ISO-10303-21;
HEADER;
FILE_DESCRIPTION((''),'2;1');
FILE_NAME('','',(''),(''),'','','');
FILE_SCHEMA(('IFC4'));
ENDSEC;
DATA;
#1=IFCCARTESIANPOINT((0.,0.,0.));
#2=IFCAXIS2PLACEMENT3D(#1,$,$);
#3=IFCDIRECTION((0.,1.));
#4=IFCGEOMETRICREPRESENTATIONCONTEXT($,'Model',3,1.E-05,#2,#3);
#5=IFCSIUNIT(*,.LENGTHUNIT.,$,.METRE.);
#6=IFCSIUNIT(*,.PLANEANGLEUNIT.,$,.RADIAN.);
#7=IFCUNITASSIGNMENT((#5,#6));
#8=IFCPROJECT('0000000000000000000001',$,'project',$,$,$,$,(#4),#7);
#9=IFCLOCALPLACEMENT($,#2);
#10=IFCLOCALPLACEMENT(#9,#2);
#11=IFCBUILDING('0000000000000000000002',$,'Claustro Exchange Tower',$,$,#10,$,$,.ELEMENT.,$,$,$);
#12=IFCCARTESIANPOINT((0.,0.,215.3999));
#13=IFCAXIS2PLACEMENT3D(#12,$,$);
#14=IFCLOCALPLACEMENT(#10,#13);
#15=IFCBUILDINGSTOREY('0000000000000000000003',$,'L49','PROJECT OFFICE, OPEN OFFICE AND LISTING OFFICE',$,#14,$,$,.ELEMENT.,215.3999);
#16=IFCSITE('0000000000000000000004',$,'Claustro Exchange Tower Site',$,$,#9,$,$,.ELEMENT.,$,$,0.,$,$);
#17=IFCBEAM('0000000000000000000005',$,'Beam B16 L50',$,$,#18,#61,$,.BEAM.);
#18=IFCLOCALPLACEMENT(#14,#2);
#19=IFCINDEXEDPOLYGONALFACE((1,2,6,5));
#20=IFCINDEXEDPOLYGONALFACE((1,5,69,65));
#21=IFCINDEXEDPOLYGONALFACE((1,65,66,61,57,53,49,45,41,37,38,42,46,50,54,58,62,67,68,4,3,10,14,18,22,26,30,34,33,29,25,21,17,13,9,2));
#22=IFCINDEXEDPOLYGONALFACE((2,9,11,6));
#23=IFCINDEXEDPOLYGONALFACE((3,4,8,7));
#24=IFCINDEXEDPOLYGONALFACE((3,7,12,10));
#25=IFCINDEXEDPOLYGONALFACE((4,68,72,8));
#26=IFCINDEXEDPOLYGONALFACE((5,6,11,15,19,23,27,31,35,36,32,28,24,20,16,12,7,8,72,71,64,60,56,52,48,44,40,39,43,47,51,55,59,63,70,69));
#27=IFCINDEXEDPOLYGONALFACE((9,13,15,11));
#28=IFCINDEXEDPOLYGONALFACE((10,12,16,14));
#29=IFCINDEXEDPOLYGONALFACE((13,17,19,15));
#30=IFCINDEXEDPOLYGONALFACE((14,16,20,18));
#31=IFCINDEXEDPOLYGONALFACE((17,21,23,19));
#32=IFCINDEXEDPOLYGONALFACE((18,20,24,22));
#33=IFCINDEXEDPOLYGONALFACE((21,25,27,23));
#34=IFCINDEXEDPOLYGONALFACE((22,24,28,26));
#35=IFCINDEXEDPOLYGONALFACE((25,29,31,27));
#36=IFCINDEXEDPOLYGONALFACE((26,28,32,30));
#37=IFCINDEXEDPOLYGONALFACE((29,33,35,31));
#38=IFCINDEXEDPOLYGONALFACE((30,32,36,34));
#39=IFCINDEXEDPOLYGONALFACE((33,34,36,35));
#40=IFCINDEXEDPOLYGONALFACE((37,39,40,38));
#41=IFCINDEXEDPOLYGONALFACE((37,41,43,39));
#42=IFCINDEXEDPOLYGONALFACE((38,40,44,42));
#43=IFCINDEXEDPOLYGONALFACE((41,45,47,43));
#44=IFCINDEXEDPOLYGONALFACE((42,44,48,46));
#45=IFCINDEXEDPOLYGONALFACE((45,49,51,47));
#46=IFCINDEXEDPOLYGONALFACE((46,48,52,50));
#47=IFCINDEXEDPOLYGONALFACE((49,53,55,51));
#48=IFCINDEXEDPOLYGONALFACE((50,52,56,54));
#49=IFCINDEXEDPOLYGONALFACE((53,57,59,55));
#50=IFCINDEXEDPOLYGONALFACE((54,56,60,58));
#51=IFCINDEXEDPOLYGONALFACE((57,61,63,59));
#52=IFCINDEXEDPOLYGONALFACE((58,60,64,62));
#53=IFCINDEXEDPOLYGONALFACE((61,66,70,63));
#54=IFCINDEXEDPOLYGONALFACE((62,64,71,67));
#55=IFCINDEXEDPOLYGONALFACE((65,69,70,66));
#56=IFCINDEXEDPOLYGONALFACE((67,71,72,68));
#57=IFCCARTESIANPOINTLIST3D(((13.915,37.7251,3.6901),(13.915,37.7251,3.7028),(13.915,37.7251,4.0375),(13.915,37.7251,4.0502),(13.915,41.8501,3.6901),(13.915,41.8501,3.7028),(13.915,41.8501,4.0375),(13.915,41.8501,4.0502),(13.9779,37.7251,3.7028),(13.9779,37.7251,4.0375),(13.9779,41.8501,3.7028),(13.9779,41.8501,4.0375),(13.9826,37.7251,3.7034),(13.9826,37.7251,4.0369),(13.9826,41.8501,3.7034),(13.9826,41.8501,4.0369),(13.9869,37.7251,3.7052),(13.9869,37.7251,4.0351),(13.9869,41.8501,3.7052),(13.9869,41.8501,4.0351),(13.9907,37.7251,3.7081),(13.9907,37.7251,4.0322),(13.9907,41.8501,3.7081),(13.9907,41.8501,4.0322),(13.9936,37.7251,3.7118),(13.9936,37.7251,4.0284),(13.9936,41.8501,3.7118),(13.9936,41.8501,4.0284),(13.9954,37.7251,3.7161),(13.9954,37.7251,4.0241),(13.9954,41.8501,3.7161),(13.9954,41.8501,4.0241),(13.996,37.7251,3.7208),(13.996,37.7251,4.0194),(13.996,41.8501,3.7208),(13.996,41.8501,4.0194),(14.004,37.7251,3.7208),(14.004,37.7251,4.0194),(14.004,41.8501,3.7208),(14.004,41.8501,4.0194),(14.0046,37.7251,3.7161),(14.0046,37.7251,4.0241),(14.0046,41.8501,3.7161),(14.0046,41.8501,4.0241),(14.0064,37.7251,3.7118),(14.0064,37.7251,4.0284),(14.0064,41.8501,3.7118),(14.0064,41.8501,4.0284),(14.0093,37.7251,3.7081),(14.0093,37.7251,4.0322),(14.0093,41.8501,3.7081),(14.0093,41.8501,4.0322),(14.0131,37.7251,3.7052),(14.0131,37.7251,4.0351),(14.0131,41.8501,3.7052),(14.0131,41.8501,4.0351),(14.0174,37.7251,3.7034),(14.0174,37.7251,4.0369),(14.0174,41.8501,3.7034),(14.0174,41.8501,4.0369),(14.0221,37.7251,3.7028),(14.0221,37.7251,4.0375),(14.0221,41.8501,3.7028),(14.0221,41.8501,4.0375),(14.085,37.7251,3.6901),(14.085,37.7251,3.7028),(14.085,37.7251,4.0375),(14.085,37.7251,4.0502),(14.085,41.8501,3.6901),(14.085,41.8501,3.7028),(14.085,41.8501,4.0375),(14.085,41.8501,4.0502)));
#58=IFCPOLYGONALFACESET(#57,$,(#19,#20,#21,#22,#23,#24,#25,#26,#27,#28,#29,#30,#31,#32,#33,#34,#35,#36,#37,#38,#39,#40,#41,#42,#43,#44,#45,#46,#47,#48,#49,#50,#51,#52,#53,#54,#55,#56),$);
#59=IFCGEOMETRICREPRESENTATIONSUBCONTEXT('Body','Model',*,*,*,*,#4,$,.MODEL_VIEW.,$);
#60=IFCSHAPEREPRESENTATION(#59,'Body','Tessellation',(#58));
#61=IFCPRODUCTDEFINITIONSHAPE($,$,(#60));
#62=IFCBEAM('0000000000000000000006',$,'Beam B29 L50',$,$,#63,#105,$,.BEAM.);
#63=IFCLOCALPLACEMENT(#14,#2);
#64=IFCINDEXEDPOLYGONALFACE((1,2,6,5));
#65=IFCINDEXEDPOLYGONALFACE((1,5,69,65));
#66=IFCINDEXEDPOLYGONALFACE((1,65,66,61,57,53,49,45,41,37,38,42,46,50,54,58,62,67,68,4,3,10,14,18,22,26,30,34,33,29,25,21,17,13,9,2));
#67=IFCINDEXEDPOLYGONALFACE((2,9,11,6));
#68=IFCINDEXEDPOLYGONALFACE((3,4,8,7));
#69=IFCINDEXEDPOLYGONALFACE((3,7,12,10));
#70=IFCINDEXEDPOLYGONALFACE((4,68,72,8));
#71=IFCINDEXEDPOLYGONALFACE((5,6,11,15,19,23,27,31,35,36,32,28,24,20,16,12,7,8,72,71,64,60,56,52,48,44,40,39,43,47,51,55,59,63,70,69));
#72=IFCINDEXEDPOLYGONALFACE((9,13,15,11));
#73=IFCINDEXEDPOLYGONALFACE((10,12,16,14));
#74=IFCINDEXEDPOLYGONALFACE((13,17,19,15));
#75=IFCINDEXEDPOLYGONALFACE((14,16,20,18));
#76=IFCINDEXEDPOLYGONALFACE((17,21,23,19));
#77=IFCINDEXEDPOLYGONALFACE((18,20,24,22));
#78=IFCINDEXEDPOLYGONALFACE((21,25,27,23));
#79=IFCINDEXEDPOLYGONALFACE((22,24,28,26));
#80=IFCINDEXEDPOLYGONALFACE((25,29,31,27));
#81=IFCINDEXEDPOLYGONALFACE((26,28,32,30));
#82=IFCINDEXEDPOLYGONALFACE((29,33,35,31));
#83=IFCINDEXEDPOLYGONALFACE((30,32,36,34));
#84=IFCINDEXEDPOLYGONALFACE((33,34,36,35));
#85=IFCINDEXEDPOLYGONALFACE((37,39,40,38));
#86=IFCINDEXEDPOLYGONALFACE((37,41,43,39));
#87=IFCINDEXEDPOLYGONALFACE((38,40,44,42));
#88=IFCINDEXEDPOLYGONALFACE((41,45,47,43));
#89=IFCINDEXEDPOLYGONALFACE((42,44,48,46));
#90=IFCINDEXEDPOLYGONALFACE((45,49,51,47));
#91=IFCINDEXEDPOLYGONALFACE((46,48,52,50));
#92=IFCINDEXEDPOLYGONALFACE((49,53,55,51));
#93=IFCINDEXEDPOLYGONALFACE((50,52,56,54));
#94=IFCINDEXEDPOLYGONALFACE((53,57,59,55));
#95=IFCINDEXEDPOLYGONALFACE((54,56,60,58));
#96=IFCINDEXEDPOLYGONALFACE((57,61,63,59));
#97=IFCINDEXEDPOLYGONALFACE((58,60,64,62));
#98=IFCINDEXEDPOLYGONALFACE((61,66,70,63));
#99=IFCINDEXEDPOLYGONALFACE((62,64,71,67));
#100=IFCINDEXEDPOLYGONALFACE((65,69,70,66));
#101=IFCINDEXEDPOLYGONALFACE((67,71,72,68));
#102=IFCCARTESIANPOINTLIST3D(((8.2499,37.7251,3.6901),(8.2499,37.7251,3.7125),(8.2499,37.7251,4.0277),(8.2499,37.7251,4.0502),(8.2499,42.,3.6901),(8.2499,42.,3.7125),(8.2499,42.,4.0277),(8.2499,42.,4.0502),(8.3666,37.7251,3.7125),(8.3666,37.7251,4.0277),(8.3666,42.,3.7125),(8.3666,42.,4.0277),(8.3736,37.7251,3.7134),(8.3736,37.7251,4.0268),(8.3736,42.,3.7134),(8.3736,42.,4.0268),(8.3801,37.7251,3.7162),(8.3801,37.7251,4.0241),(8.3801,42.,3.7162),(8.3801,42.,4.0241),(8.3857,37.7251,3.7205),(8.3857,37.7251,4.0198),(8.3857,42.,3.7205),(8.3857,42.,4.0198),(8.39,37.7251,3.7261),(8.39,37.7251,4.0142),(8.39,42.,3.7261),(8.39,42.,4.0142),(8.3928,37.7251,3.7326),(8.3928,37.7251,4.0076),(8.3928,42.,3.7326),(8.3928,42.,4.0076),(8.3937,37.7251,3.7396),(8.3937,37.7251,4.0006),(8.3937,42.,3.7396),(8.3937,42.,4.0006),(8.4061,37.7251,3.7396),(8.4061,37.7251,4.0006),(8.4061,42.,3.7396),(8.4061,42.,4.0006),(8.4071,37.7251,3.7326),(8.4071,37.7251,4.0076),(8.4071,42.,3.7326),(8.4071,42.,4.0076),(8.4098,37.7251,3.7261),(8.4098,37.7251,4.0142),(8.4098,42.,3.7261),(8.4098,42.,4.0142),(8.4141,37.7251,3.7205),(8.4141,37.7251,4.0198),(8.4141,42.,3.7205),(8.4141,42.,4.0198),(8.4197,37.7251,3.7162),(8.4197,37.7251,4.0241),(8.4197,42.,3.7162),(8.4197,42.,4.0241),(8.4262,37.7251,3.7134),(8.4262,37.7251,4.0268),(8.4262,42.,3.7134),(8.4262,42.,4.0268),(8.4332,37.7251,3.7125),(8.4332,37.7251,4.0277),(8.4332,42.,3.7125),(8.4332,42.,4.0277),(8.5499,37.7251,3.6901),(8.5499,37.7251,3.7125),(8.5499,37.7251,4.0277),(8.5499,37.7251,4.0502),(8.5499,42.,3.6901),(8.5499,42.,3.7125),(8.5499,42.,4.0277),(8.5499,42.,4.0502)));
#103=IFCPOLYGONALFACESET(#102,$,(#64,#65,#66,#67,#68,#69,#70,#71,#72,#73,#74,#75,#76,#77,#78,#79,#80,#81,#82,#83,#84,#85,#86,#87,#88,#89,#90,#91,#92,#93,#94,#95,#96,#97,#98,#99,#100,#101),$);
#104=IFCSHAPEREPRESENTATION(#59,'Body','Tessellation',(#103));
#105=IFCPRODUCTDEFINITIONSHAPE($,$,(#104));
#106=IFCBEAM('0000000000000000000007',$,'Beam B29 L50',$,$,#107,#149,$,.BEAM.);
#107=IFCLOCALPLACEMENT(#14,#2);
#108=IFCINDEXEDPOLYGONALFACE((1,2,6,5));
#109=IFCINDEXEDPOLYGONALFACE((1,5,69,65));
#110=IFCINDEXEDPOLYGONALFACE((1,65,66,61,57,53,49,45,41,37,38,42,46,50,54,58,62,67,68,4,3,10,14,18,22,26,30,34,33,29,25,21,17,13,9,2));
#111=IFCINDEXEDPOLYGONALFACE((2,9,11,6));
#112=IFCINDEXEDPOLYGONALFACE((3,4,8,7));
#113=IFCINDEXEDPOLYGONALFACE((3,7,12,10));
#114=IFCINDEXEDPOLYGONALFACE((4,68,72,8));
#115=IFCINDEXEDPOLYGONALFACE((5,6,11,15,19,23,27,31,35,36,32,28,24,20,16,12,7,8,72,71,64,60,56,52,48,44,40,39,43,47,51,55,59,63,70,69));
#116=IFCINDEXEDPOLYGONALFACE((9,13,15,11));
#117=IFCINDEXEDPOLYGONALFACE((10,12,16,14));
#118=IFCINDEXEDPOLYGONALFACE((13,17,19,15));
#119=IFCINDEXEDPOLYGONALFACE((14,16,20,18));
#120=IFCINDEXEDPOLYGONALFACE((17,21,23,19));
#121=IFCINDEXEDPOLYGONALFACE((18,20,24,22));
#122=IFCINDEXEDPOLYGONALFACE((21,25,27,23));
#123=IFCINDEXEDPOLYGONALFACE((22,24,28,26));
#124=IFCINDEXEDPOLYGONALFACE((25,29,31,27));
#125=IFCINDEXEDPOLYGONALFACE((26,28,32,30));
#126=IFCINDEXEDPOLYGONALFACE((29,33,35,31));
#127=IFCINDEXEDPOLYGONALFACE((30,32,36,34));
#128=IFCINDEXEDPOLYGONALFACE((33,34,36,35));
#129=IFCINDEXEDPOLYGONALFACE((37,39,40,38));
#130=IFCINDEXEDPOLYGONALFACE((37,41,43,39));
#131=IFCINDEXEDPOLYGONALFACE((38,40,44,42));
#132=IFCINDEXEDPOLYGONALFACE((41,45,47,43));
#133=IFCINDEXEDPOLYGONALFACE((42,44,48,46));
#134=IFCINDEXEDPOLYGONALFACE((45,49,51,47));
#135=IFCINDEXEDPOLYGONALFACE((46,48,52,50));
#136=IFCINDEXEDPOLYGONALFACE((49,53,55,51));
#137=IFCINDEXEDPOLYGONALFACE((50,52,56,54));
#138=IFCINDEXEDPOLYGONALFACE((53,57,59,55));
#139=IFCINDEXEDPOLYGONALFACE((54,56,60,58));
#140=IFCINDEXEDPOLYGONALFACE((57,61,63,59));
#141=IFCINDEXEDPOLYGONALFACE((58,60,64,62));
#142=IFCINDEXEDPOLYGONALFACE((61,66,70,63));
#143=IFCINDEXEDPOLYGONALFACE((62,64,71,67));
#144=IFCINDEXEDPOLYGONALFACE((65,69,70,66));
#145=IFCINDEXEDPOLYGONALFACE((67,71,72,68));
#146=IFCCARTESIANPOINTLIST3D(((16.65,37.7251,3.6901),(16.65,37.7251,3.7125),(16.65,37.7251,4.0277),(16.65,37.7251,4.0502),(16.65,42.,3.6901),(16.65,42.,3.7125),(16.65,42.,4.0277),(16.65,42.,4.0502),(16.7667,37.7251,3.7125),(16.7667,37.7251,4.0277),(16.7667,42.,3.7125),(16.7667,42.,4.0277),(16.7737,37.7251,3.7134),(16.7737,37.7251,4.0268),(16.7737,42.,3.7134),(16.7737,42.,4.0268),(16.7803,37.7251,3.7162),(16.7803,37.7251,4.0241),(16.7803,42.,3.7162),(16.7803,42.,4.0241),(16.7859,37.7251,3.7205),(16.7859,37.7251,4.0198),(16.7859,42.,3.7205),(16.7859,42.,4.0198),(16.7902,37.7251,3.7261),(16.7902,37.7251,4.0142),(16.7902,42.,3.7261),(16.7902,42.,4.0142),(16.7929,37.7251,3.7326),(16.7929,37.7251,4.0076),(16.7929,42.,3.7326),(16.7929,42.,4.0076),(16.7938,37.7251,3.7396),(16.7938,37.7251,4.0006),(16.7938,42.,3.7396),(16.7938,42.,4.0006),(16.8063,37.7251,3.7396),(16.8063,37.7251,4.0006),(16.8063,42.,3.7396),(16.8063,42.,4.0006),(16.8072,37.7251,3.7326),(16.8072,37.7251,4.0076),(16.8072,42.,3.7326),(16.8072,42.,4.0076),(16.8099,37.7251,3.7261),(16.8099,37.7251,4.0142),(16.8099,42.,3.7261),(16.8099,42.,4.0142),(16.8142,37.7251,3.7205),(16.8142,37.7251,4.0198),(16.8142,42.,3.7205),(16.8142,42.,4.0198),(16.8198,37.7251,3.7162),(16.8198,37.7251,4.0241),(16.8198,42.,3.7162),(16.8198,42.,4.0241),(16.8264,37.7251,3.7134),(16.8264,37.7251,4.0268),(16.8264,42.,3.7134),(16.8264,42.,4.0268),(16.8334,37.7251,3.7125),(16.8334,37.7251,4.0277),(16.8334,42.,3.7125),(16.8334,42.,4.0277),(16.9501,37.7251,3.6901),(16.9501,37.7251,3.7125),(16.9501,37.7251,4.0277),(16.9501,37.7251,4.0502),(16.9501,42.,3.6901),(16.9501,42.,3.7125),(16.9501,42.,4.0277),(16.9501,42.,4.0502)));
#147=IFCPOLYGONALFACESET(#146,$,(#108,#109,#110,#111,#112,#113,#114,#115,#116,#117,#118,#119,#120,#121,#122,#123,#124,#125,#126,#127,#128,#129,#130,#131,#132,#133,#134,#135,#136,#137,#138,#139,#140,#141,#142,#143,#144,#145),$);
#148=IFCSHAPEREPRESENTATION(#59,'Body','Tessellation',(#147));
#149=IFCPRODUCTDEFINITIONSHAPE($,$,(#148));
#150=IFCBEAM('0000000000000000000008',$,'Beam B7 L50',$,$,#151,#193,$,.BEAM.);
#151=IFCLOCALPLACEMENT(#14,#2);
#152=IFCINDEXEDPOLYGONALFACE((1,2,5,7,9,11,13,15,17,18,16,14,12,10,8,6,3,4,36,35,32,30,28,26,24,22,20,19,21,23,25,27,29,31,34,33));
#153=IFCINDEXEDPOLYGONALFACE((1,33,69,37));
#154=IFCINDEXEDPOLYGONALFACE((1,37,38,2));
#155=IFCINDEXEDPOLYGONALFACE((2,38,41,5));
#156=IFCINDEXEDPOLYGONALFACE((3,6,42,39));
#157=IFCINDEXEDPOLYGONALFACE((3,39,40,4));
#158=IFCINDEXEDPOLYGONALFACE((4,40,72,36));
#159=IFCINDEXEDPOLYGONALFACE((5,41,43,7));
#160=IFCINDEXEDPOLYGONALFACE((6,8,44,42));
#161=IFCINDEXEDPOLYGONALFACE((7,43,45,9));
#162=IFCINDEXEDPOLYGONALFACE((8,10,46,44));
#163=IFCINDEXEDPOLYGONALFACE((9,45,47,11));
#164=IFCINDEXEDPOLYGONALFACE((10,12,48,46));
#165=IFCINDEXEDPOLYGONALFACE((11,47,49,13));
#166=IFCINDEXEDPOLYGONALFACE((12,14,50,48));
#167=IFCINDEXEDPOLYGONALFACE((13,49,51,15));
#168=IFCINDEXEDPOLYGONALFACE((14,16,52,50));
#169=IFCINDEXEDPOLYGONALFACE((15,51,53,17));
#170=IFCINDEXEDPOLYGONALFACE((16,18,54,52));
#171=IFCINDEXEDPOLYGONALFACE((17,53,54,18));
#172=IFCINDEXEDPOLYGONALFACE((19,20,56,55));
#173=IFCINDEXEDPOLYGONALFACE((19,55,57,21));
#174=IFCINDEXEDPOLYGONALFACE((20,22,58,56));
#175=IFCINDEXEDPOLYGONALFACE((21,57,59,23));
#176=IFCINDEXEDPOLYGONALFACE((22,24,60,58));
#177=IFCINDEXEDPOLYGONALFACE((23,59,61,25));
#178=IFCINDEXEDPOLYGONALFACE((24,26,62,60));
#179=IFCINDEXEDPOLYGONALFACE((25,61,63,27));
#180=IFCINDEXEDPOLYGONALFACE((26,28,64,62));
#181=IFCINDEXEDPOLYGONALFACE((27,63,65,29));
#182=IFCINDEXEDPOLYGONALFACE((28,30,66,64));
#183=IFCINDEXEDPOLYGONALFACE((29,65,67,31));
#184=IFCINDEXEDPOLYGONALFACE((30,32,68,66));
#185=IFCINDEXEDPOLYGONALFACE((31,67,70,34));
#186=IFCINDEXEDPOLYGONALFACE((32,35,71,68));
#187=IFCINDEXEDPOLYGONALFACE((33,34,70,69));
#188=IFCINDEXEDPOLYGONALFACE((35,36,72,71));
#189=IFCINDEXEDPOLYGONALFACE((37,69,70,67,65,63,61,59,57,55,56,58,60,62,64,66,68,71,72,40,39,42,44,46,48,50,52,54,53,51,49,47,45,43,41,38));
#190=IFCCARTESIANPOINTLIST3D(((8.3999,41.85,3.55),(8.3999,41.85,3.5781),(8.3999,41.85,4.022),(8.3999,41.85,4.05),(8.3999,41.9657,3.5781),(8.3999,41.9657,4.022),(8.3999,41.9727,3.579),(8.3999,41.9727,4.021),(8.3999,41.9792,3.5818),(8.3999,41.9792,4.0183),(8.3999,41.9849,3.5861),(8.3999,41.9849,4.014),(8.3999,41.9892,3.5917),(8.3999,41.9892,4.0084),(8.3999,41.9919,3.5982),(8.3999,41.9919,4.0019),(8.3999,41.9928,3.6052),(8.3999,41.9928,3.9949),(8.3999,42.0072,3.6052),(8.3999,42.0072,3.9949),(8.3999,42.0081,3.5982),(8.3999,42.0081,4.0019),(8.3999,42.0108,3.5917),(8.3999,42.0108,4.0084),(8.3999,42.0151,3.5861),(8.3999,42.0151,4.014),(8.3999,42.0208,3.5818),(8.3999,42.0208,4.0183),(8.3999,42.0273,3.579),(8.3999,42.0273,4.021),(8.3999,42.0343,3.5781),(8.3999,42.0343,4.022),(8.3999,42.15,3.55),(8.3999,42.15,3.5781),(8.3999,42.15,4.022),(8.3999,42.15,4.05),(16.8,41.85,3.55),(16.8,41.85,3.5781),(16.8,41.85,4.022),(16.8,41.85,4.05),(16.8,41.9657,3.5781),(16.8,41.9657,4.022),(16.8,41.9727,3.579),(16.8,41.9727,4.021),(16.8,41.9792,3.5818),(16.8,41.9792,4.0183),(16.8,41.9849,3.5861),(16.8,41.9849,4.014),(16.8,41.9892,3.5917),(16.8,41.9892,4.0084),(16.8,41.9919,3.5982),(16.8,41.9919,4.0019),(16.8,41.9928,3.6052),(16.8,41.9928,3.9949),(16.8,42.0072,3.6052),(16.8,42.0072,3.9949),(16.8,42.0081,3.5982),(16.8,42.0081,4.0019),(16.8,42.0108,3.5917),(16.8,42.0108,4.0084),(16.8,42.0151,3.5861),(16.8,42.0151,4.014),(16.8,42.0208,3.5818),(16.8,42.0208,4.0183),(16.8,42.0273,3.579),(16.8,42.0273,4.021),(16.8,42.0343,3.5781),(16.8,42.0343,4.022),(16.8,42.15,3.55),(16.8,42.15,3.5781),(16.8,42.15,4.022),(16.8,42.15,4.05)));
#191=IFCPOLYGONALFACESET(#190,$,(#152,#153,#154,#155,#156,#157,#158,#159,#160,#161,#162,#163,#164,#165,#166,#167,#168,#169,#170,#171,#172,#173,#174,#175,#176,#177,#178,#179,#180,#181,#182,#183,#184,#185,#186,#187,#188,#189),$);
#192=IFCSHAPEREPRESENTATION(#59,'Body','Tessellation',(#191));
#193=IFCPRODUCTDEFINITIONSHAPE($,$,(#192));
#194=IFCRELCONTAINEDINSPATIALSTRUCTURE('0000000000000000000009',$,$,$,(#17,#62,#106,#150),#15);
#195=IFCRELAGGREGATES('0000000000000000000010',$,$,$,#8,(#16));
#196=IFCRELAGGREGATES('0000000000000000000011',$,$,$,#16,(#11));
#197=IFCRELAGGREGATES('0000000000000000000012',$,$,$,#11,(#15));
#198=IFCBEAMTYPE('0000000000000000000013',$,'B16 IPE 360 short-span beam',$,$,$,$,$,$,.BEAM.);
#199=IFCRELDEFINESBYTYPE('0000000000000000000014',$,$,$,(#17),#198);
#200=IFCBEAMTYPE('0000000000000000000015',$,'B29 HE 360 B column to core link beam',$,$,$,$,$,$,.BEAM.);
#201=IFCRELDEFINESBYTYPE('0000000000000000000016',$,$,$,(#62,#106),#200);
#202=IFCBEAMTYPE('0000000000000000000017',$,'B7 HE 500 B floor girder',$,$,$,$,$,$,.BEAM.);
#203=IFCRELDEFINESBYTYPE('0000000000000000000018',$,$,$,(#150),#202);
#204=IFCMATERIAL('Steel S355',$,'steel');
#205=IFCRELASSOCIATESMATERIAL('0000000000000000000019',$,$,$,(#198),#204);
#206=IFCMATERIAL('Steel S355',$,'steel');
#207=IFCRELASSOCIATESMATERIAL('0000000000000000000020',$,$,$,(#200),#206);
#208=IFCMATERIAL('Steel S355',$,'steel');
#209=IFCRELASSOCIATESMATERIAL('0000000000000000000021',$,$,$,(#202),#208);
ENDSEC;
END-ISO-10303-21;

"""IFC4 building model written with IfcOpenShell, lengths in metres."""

from ifc_helpers import new_model, si_unit, direction, frame, origin, origin_2d, place, context, subcontext, project, spatial, i_section, extrude, material, material_profile, profile_set, type_object, element, save


model = new_model("IFC4")

# Units and contexts
model_context = context("Model", 3, precision=1e-05, world=origin(), true_north=direction((0.0, 1.0)))
body_context = subcontext(model_context, "Body", "Model", "MODEL_VIEW")
ifc_project = project(units=[si_unit("LENGTHUNIT", "METRE"), si_unit("PLANEANGLEUNIT", "RADIAN")], contexts=[model_context])

# Site, building, storey
site_placement = place(None, origin())
site = spatial("IfcSite", under=ifc_project, at=site_placement, Name="Claustro Exchange Tower Site", CompositionType="ELEMENT", RefElevation=0.0)
building_placement = place(site_placement, origin())
building = spatial("IfcBuilding", under=site, at=building_placement, Name="Claustro Exchange Tower", CompositionType="ELEMENT")
storey_placement = place(building_placement, frame((0.0, 0.0, 215.3999)))
storey = spatial("IfcBuildingStorey", under=building, at=storey_placement, Name="L49", Description="PROJECT OFFICE, OPEN OFFICE AND LISTING OFFICE", CompositionType="ELEMENT", Elevation=215.3999)

# Beams
ifc_material_1 = material(Name="Steel S355", Category="steel")
ifc_material_profile_1 = material_profile(ifc_material_1, i_section(OverallWidth=0.1699, OverallDepth=0.3601, WebThickness=0.0081, FlangeThickness=0.0127, FilletRadius=0.0181, at=origin_2d()), Name="IPE 360")
ifc_profile_set_1 = profile_set([ifc_material_profile_1], Name="Steel S355")
beam_type_1 = type_object("IfcBeamType", Name="B16 IPE 360 short-span beam", PredefinedType="BEAM", material=ifc_profile_set_1)
for number, where, z_axis, x_axis, name in (
    (1, (14.0, 37.7251, 3.8701), (0.0, 1.0, 0.0), (-1.0, 0.0, 0.0), "Beam B16 L50"),
):
    element("IfcBeam", number, at=place(storey_placement, frame(where, z_axis=z_axis, x_axis=x_axis)), inside=storey, type_object=beam_type_1, Name=name, PredefinedType="BEAM", context=body_context, shape_type="SweptSolid", body=[
        extrude(i_section(OverallWidth=0.1699, OverallDepth=0.3601, WebThickness=0.0081, FlangeThickness=0.0127, FilletRadius=0.0181, at=origin_2d()), origin(), (0.0, 0.0, 1.0), 4.125),
    ])
ifc_material_2 = material(Name="Steel S355", Category="steel")
ifc_material_profile_2 = material_profile(ifc_material_2, i_section(OverallWidth=0.3, OverallDepth=0.3601, WebThickness=0.0125, FlangeThickness=0.0225, FilletRadius=0.0271, at=origin_2d()), Name="HE 360 B")
ifc_profile_set_2 = profile_set([ifc_material_profile_2], Name="Steel S355")
beam_type_2 = type_object("IfcBeamType", Name="B29 HE 360 B column to core link beam", PredefinedType="BEAM", material=ifc_profile_set_2)
for number, where, z_axis, x_axis, name in (
    (2, (8.3999, 37.7251, 3.8701), (0.0, 1.0, 0.0), (-1.0, 0.0, 0.0), "Beam B29 L50"),
    (3, (16.8, 37.7251, 3.8701), (0.0, 1.0, 0.0), (-1.0, 0.0, 0.0), "Beam B29 L50"),
):
    element("IfcBeam", number, at=place(storey_placement, frame(where, z_axis=z_axis, x_axis=x_axis)), inside=storey, type_object=beam_type_2, Name=name, PredefinedType="BEAM", context=body_context, shape_type="SweptSolid", body=[
        extrude(i_section(OverallWidth=0.3, OverallDepth=0.3601, WebThickness=0.0125, FlangeThickness=0.0225, FilletRadius=0.0271, at=origin_2d()), origin(), (0.0, 0.0, 1.0), 4.2749),
    ])
ifc_material_3 = material(Name="Steel S355", Category="steel")
ifc_material_profile_3 = material_profile(ifc_material_3, i_section(OverallWidth=0.3, OverallDepth=0.5, WebThickness=0.0144, FlangeThickness=0.0281, FilletRadius=0.0271, at=origin_2d()), Name="HE 500 B")
ifc_profile_set_3 = profile_set([ifc_material_profile_3], Name="Steel S355")
beam_type_3 = type_object("IfcBeamType", Name="B7 HE 500 B floor girder", PredefinedType="BEAM", material=ifc_profile_set_3)
beam_1_placement = place(storey_placement, frame((8.3999, 42.0, 3.8), z_axis=(1.0, 0.0, 0.0), x_axis=(0.0, 1.0, 0.0)))
element("IfcBeam", 4, at=beam_1_placement, inside=storey, type_object=beam_type_3, Name="Beam B7 L50", PredefinedType="BEAM", context=body_context, shape_type="SweptSolid", body=[
    extrude(i_section(OverallWidth=0.3, OverallDepth=0.5, WebThickness=0.0144, FlangeThickness=0.0281, FilletRadius=0.0271, at=origin_2d()), origin(), (0.0, 0.0, 1.0), 8.4001),
])

save(model, "model.ifc")
